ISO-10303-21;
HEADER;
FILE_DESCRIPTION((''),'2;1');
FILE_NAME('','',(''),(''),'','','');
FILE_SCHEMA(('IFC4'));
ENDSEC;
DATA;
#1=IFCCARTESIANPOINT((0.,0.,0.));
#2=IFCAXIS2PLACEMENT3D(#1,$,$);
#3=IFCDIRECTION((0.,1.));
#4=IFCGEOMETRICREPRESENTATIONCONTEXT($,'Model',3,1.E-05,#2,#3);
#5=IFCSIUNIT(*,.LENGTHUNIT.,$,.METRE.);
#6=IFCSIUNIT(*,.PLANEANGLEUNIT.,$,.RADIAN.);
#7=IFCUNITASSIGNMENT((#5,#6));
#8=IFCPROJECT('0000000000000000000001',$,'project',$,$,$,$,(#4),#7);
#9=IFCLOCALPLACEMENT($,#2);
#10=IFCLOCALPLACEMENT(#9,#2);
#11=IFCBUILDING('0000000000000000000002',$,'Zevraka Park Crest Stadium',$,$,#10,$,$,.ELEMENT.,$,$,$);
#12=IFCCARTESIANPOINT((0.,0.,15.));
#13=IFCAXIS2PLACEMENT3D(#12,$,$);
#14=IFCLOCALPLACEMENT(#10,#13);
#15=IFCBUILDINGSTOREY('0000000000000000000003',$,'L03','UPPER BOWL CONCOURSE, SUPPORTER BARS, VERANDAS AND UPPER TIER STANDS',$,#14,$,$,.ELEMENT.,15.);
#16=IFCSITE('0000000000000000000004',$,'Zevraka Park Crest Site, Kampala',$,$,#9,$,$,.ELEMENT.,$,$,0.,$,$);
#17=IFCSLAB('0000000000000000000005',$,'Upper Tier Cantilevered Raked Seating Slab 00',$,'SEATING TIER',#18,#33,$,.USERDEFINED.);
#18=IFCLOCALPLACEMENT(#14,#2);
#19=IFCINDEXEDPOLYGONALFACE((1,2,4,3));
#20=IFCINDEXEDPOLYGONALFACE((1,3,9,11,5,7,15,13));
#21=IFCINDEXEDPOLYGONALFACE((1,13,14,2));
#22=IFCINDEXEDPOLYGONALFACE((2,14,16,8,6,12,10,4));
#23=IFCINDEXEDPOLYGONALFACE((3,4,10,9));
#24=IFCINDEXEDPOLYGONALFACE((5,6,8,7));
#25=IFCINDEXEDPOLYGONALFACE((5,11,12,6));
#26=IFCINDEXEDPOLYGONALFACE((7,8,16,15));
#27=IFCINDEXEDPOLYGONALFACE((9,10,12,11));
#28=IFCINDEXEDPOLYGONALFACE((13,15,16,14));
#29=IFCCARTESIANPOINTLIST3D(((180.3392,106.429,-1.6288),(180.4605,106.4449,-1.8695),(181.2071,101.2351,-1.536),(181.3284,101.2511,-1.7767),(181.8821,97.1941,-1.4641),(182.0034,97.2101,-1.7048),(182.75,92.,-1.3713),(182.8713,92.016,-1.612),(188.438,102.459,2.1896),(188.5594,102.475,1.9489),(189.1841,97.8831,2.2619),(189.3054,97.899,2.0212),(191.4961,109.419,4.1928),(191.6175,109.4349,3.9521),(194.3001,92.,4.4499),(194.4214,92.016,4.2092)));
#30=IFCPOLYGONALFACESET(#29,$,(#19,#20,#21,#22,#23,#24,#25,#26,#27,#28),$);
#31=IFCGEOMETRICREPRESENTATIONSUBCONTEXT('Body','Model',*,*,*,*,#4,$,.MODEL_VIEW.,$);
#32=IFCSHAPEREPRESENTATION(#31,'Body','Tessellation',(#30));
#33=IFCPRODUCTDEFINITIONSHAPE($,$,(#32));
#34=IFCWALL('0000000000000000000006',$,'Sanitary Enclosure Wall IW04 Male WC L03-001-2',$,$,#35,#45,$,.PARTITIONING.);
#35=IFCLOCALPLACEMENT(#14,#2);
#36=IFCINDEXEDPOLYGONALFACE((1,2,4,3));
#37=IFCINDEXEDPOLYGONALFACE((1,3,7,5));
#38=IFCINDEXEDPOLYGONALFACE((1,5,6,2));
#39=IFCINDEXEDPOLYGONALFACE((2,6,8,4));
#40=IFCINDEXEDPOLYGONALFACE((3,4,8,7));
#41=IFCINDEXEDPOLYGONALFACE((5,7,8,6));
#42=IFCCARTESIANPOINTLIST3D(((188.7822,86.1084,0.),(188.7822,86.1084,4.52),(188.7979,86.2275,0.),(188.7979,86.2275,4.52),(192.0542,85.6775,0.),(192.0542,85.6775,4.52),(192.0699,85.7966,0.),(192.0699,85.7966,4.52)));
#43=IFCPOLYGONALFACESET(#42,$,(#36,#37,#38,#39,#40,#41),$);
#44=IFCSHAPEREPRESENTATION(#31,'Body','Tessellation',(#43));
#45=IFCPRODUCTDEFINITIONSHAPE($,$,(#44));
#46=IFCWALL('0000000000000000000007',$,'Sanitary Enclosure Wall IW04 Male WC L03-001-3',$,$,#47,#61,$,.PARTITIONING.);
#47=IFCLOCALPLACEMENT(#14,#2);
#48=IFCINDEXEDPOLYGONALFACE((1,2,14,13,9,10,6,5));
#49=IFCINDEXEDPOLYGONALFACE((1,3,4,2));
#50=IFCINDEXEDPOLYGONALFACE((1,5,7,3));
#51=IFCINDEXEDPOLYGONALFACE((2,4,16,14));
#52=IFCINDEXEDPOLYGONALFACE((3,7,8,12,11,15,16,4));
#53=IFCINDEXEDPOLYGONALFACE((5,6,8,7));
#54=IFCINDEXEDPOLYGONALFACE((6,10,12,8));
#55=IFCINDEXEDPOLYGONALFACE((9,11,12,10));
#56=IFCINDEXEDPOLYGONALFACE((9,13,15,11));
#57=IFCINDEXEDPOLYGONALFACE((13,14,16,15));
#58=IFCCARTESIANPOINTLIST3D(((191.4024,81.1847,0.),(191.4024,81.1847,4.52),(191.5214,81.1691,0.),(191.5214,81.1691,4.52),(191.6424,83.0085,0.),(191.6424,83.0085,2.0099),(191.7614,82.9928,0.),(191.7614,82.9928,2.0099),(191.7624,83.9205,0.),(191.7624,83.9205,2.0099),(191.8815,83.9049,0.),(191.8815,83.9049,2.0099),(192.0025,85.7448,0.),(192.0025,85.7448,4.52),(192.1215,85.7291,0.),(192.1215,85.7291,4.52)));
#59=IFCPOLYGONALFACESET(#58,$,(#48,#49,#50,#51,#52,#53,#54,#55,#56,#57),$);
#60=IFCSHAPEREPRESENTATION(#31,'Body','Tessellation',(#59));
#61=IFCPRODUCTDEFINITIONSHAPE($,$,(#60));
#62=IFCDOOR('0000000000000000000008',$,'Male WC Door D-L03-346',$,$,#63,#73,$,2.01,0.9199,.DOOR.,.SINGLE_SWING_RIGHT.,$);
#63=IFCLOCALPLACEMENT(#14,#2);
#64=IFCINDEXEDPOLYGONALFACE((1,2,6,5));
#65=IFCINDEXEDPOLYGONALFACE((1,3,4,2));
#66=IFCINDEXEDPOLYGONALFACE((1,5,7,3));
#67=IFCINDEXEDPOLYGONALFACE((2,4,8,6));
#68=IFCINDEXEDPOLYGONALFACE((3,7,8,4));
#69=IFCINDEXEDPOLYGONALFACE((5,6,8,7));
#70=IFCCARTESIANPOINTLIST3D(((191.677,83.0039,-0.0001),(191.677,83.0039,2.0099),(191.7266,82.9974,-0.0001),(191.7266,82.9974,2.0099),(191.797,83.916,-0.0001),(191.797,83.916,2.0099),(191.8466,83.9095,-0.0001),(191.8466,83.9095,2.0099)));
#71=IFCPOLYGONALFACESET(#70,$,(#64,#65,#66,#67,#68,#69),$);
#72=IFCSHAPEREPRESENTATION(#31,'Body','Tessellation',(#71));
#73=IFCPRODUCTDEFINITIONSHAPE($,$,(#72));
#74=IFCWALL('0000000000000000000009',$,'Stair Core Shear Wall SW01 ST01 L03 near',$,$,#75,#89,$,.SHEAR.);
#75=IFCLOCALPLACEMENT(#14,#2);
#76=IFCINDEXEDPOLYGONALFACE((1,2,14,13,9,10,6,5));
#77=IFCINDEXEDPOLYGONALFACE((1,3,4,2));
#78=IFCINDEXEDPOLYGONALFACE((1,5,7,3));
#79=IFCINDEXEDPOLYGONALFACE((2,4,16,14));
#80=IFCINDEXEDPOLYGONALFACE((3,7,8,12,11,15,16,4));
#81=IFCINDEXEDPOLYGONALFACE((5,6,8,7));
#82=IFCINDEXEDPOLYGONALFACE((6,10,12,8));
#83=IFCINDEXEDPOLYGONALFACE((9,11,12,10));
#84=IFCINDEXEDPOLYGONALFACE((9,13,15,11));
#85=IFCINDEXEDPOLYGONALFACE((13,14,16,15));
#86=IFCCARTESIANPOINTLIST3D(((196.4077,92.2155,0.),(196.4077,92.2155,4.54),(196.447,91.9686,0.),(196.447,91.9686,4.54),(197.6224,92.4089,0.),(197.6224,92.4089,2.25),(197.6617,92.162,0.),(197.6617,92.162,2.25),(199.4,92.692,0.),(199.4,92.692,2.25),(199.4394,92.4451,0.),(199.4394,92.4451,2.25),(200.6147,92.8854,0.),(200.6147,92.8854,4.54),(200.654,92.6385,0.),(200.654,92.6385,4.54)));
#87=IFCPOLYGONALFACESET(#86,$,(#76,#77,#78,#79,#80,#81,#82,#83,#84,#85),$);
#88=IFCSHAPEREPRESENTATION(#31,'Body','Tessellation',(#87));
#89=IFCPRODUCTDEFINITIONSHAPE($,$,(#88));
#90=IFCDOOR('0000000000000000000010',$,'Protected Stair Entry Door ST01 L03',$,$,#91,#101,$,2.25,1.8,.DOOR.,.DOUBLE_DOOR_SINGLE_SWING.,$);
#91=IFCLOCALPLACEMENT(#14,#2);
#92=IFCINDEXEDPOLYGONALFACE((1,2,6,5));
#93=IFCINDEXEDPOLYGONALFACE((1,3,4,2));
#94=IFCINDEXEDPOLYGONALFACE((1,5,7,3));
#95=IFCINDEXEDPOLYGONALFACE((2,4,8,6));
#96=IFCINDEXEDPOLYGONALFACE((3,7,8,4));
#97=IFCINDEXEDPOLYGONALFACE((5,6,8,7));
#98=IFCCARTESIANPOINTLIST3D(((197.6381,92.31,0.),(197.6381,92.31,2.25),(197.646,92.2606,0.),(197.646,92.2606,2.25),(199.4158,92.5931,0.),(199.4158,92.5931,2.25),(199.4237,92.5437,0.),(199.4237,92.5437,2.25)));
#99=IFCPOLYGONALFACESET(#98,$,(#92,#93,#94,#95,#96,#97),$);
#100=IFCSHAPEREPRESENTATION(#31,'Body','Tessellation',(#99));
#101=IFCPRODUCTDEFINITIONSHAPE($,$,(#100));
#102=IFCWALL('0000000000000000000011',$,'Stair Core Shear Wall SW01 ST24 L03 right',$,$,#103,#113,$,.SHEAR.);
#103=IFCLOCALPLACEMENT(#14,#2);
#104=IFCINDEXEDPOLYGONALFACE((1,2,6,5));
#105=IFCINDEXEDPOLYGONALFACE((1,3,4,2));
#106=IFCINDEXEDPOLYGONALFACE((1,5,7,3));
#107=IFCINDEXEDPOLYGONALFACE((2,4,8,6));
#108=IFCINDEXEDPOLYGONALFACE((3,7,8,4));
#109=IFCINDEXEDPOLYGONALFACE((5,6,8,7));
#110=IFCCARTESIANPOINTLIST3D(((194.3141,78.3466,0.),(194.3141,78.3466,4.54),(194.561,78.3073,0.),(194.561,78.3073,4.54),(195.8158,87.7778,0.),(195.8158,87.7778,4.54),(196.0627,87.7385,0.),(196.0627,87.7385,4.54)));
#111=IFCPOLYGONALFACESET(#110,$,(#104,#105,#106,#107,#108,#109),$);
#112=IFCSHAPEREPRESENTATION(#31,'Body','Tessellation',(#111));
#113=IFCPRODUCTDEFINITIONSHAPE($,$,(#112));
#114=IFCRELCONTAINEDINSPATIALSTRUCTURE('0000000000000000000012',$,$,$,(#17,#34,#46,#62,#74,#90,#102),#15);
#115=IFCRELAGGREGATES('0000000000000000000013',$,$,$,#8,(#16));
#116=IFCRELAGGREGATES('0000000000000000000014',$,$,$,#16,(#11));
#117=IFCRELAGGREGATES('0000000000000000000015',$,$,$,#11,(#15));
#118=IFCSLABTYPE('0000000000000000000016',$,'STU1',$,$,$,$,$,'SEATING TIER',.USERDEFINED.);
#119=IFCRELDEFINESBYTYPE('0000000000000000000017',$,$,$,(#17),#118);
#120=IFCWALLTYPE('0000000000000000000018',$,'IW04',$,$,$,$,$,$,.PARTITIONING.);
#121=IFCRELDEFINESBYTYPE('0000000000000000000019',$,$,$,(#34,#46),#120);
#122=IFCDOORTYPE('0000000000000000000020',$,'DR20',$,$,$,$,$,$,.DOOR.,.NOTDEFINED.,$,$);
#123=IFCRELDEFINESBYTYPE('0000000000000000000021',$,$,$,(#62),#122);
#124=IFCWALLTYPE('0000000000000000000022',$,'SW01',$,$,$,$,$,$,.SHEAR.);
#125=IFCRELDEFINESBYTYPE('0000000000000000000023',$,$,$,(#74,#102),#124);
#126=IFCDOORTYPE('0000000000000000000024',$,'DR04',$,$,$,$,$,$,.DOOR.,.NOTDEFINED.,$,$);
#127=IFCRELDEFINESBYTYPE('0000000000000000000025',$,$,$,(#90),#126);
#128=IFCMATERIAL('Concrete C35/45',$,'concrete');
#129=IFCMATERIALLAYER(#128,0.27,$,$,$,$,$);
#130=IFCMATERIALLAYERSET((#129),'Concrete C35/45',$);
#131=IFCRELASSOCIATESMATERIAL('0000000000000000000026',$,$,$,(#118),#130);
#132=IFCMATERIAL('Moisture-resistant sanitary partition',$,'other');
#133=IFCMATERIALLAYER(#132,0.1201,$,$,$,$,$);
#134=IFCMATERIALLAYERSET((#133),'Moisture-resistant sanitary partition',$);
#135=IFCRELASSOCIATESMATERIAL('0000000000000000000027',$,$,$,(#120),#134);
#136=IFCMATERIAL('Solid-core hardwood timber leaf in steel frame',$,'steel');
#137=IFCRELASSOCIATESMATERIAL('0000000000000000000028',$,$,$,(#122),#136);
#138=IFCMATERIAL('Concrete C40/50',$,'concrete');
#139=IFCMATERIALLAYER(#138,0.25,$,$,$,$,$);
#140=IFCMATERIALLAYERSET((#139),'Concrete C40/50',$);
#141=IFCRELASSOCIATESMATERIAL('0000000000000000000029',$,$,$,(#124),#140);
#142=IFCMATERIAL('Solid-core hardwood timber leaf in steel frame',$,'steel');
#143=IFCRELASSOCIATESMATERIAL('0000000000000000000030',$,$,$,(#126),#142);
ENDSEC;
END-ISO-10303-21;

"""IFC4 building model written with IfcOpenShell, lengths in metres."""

from ifc_helpers import new_model, si_unit, direction, frame, frame_2d, origin, place, context, subcontext, project, spatial, polyline, rectangle, outline, extrude, material, layer, layer_set, type_object, element, fill, save


model = new_model("IFC4")

# Units and contexts
model_context = context("Model", 3, precision=1e-05, world=origin(), true_north=direction((0.0, 1.0)))
body_context = subcontext(model_context, "Body", "Model", "MODEL_VIEW")
ifc_project = project(units=[si_unit("LENGTHUNIT", "METRE"), si_unit("PLANEANGLEUNIT", "RADIAN")], contexts=[model_context])

# Site, building, storey
site_placement = place(None, origin())
site = spatial("IfcSite", under=ifc_project, at=site_placement, Name="Zevraka Park Crest Site, Kampala", CompositionType="ELEMENT", RefElevation=0.0)
building_placement = place(site_placement, origin())
building = spatial("IfcBuilding", under=site, at=building_placement, Name="Zevraka Park Crest Stadium", CompositionType="ELEMENT")
storey_placement = place(building_placement, frame((0.0, 0.0, 15.0)))
storey = spatial("IfcBuildingStorey", under=building, at=storey_placement, Name="L03", Description="UPPER BOWL CONCOURSE, SUPPORTER BARS, VERANDAS AND UPPER TIER STANDS", CompositionType="ELEMENT", Elevation=15.0)

# Slab
ifc_material_1 = material(Name="Concrete C35/45", Category="concrete")
ifc_layer_1 = layer(ifc_material_1, 0.27)
ifc_layer_set_1 = layer_set([ifc_layer_1], Name="Concrete C35/45")
slab_type = type_object("IfcSlabType", Name="STU1", ElementType="SEATING TIER", PredefinedType="USERDEFINED", material=ifc_layer_set_1)
slab_placement = place(storey_placement, frame((182.75, 92.0, -1.3713), z_axis=(-0.449281, -0.059162, 0.891429), x_axis=(-0.164792, 0.986171, -0.017605)))
element("IfcSlab", 1, at=slab_placement, inside=storey, type_object=slab_type, Name="Upper Tier Cantilevered Raked Seating Slab 00", ObjectType="SEATING TIER", PredefinedType="USERDEFINED", context=body_context, shape_type="SweptSolid", body=[
    extrude(outline(polyline([(0.0, 0.0), (5.2669, 0.0), (4.6775, -8.2055), (9.3143, -8.226), (9.3646, -0.0004), (14.6312, -0.0003), (15.6388, -12.8958), (-2.0058, -12.7776), (0.0, 0.0)])), origin(), (0.0, 0.0, -1.0), 0.27),
])

# Wall
ifc_material_2 = material(Name="Moisture-resistant sanitary partition", Category="other")
ifc_layer_2 = layer(ifc_material_2, 0.1201)
ifc_layer_set_2 = layer_set([ifc_layer_2], Name="Moisture-resistant sanitary partition")
wall_type_1 = type_object("IfcWallType", Name="IW04", PredefinedType="PARTITIONING", material=ifc_layer_set_2)
wall_1_placement = place(storey_placement, frame((188.79, 86.168, 0.0), z_axis=(0.0, 0.0, 1.0), x_axis=(0.991439, -0.130569, 0.0)))
element("IfcWall", 2, at=wall_1_placement, inside=storey, type_object=wall_type_1, Name="Sanitary Enclosure Wall IW04 Male WC L03-001-2", PredefinedType="PARTITIONING", context=body_context, shape_type="SweptSolid", body=[
    extrude(rectangle(XDim=3.3003, YDim=0.1201, at=frame_2d((1.6501, 0.0))), origin(), (0.0, 0.0, 1.0), 4.52),
])

# Walls, openings, doors
wall_2_placement = place(storey_placement, frame((192.062, 85.7371, 0.0), z_axis=(0.0, 0.0, 1.0), x_axis=(-0.130474, -0.991452, 0.0)))
wall_2 = element("IfcWall", 3, at=wall_2_placement, inside=storey, type_object=wall_type_1, Name="Sanitary Enclosure Wall IW04 Male WC L03-001-3", PredefinedType="PARTITIONING", context=body_context, shape_type="SweptSolid", body=[
    extrude(rectangle(XDim=4.5994, YDim=0.1201, at=frame_2d((2.2998, 0.0))), origin(), (0.0, 0.0, 1.0), 4.52),
])
opening_1_placement = place(wall_2_placement, frame((1.8401, 0.0, 0.0)))
opening_1 = element("IfcOpeningElement", 4, at=opening_1_placement, cuts=wall_2, PredefinedType="OPENING", context=body_context, shape_type="SweptSolid", body=[
    extrude(rectangle(XDim=0.9199, YDim=2.01, at=frame_2d((0.46, 1.0049))), frame((0.0, 0.0701, 0.0), z_axis=(0.0, -1.0, 0.0), x_axis=(1.0, 0.0, 0.0)), (0.0, 0.0, 1.0), 0.1401),
])
ifc_material_3 = material(Name="Solid-core hardwood timber leaf in steel frame", Category="steel")
door_type_1 = type_object("IfcDoorType", Name="DR20", OperationType="NOTDEFINED", PredefinedType="DOOR", material=ifc_material_3)
door_1_placement = place(opening_1_placement, origin())
door_1 = element("IfcDoor", 5, at=door_1_placement, inside=storey, type_object=door_type_1, Name="Male WC Door D-L03-346", OperationType="SINGLE_SWING_RIGHT", OverallHeight=2.01, OverallWidth=0.9199, PredefinedType="DOOR", context=body_context, shape_type="SweptSolid", body=[
    extrude(rectangle(XDim=0.9199, YDim=2.01, at=frame_2d((0.46, 1.0049))), frame((0.0, 0.0249, 0.0), z_axis=(0.0, -1.0, 0.0), x_axis=(1.0, 0.0, 0.0)), (0.0, 0.0, 1.0), 0.05),
])
fill(opening_1, door_1)
ifc_material_4 = material(Name="Concrete C40/50", Category="concrete")
ifc_layer_3 = layer(ifc_material_4, 0.25)
ifc_layer_set_3 = layer_set([ifc_layer_3], Name="Concrete C40/50")
wall_type_2 = type_object("IfcWallType", Name="SW01", PredefinedType="SHEAR", material=ifc_layer_set_3)
wall_3_placement = place(storey_placement, frame((196.4275, 92.092, 0.0), z_axis=(0.0, 0.0, 1.0), x_axis=(0.987558, 0.157257, 0.0)))
wall_3 = element("IfcWall", 6, at=wall_3_placement, inside=storey, type_object=wall_type_2, Name="Stair Core Shear Wall SW01 ST01 L03 near", PredefinedType="SHEAR", context=body_context, shape_type="SweptSolid", body=[
    extrude(rectangle(XDim=4.26, YDim=0.25, at=frame_2d((2.1299, 0.0))), origin(), (0.0, 0.0, 1.0), 4.54),
])
opening_2_placement = place(wall_3_placement, frame((1.23, 0.0, 0.0)))
opening_2 = element("IfcOpeningElement", 7, at=opening_2_placement, cuts=wall_3, PredefinedType="OPENING", context=body_context, shape_type="SweptSolid", body=[
    extrude(rectangle(XDim=1.8, YDim=2.25, at=frame_2d((0.8999, 1.125))), frame((0.0, 0.135, 0.0), z_axis=(0.0, -1.0, 0.0), x_axis=(1.0, 0.0, 0.0)), (0.0, 0.0, 1.0), 0.27),
])
ifc_material_5 = material(Name="Solid-core hardwood timber leaf in steel frame", Category="steel")
door_type_2 = type_object("IfcDoorType", Name="DR04", OperationType="NOTDEFINED", PredefinedType="DOOR", material=ifc_material_5)
door_2_placement = place(opening_2_placement, origin())
door_2 = element("IfcDoor", 8, at=door_2_placement, inside=storey, type_object=door_type_2, Name="Protected Stair Entry Door ST01 L03", OperationType="DOUBLE_DOOR_SINGLE_SWING", OverallHeight=2.25, OverallWidth=1.8, PredefinedType="DOOR", context=body_context, shape_type="SweptSolid", body=[
    extrude(rectangle(XDim=1.8, YDim=2.25, at=frame_2d((0.8999, 1.125))), frame((0.0, 0.0249, 0.0), z_axis=(0.0, -1.0, 0.0), x_axis=(1.0, 0.0, 0.0)), (0.0, 0.0, 1.0), 0.05),
])
fill(opening_2, door_2)

# Wall
wall_4_placement = place(storey_placement, frame((195.9392, 87.7581, 0.0), z_axis=(0.0, 0.0, 1.0), x_axis=(-0.157248, -0.987559, 0.0)))
element("IfcWall", 9, at=wall_4_placement, inside=storey, type_object=wall_type_2, Name="Stair Core Shear Wall SW01 ST24 L03 right", PredefinedType="SHEAR", context=body_context, shape_type="SweptSolid", body=[
    extrude(rectangle(XDim=9.55, YDim=0.25, at=frame_2d((4.7749, 0.0))), origin(), (0.0, 0.0, 1.0), 4.54),
])

save(model, "model.ifc")
